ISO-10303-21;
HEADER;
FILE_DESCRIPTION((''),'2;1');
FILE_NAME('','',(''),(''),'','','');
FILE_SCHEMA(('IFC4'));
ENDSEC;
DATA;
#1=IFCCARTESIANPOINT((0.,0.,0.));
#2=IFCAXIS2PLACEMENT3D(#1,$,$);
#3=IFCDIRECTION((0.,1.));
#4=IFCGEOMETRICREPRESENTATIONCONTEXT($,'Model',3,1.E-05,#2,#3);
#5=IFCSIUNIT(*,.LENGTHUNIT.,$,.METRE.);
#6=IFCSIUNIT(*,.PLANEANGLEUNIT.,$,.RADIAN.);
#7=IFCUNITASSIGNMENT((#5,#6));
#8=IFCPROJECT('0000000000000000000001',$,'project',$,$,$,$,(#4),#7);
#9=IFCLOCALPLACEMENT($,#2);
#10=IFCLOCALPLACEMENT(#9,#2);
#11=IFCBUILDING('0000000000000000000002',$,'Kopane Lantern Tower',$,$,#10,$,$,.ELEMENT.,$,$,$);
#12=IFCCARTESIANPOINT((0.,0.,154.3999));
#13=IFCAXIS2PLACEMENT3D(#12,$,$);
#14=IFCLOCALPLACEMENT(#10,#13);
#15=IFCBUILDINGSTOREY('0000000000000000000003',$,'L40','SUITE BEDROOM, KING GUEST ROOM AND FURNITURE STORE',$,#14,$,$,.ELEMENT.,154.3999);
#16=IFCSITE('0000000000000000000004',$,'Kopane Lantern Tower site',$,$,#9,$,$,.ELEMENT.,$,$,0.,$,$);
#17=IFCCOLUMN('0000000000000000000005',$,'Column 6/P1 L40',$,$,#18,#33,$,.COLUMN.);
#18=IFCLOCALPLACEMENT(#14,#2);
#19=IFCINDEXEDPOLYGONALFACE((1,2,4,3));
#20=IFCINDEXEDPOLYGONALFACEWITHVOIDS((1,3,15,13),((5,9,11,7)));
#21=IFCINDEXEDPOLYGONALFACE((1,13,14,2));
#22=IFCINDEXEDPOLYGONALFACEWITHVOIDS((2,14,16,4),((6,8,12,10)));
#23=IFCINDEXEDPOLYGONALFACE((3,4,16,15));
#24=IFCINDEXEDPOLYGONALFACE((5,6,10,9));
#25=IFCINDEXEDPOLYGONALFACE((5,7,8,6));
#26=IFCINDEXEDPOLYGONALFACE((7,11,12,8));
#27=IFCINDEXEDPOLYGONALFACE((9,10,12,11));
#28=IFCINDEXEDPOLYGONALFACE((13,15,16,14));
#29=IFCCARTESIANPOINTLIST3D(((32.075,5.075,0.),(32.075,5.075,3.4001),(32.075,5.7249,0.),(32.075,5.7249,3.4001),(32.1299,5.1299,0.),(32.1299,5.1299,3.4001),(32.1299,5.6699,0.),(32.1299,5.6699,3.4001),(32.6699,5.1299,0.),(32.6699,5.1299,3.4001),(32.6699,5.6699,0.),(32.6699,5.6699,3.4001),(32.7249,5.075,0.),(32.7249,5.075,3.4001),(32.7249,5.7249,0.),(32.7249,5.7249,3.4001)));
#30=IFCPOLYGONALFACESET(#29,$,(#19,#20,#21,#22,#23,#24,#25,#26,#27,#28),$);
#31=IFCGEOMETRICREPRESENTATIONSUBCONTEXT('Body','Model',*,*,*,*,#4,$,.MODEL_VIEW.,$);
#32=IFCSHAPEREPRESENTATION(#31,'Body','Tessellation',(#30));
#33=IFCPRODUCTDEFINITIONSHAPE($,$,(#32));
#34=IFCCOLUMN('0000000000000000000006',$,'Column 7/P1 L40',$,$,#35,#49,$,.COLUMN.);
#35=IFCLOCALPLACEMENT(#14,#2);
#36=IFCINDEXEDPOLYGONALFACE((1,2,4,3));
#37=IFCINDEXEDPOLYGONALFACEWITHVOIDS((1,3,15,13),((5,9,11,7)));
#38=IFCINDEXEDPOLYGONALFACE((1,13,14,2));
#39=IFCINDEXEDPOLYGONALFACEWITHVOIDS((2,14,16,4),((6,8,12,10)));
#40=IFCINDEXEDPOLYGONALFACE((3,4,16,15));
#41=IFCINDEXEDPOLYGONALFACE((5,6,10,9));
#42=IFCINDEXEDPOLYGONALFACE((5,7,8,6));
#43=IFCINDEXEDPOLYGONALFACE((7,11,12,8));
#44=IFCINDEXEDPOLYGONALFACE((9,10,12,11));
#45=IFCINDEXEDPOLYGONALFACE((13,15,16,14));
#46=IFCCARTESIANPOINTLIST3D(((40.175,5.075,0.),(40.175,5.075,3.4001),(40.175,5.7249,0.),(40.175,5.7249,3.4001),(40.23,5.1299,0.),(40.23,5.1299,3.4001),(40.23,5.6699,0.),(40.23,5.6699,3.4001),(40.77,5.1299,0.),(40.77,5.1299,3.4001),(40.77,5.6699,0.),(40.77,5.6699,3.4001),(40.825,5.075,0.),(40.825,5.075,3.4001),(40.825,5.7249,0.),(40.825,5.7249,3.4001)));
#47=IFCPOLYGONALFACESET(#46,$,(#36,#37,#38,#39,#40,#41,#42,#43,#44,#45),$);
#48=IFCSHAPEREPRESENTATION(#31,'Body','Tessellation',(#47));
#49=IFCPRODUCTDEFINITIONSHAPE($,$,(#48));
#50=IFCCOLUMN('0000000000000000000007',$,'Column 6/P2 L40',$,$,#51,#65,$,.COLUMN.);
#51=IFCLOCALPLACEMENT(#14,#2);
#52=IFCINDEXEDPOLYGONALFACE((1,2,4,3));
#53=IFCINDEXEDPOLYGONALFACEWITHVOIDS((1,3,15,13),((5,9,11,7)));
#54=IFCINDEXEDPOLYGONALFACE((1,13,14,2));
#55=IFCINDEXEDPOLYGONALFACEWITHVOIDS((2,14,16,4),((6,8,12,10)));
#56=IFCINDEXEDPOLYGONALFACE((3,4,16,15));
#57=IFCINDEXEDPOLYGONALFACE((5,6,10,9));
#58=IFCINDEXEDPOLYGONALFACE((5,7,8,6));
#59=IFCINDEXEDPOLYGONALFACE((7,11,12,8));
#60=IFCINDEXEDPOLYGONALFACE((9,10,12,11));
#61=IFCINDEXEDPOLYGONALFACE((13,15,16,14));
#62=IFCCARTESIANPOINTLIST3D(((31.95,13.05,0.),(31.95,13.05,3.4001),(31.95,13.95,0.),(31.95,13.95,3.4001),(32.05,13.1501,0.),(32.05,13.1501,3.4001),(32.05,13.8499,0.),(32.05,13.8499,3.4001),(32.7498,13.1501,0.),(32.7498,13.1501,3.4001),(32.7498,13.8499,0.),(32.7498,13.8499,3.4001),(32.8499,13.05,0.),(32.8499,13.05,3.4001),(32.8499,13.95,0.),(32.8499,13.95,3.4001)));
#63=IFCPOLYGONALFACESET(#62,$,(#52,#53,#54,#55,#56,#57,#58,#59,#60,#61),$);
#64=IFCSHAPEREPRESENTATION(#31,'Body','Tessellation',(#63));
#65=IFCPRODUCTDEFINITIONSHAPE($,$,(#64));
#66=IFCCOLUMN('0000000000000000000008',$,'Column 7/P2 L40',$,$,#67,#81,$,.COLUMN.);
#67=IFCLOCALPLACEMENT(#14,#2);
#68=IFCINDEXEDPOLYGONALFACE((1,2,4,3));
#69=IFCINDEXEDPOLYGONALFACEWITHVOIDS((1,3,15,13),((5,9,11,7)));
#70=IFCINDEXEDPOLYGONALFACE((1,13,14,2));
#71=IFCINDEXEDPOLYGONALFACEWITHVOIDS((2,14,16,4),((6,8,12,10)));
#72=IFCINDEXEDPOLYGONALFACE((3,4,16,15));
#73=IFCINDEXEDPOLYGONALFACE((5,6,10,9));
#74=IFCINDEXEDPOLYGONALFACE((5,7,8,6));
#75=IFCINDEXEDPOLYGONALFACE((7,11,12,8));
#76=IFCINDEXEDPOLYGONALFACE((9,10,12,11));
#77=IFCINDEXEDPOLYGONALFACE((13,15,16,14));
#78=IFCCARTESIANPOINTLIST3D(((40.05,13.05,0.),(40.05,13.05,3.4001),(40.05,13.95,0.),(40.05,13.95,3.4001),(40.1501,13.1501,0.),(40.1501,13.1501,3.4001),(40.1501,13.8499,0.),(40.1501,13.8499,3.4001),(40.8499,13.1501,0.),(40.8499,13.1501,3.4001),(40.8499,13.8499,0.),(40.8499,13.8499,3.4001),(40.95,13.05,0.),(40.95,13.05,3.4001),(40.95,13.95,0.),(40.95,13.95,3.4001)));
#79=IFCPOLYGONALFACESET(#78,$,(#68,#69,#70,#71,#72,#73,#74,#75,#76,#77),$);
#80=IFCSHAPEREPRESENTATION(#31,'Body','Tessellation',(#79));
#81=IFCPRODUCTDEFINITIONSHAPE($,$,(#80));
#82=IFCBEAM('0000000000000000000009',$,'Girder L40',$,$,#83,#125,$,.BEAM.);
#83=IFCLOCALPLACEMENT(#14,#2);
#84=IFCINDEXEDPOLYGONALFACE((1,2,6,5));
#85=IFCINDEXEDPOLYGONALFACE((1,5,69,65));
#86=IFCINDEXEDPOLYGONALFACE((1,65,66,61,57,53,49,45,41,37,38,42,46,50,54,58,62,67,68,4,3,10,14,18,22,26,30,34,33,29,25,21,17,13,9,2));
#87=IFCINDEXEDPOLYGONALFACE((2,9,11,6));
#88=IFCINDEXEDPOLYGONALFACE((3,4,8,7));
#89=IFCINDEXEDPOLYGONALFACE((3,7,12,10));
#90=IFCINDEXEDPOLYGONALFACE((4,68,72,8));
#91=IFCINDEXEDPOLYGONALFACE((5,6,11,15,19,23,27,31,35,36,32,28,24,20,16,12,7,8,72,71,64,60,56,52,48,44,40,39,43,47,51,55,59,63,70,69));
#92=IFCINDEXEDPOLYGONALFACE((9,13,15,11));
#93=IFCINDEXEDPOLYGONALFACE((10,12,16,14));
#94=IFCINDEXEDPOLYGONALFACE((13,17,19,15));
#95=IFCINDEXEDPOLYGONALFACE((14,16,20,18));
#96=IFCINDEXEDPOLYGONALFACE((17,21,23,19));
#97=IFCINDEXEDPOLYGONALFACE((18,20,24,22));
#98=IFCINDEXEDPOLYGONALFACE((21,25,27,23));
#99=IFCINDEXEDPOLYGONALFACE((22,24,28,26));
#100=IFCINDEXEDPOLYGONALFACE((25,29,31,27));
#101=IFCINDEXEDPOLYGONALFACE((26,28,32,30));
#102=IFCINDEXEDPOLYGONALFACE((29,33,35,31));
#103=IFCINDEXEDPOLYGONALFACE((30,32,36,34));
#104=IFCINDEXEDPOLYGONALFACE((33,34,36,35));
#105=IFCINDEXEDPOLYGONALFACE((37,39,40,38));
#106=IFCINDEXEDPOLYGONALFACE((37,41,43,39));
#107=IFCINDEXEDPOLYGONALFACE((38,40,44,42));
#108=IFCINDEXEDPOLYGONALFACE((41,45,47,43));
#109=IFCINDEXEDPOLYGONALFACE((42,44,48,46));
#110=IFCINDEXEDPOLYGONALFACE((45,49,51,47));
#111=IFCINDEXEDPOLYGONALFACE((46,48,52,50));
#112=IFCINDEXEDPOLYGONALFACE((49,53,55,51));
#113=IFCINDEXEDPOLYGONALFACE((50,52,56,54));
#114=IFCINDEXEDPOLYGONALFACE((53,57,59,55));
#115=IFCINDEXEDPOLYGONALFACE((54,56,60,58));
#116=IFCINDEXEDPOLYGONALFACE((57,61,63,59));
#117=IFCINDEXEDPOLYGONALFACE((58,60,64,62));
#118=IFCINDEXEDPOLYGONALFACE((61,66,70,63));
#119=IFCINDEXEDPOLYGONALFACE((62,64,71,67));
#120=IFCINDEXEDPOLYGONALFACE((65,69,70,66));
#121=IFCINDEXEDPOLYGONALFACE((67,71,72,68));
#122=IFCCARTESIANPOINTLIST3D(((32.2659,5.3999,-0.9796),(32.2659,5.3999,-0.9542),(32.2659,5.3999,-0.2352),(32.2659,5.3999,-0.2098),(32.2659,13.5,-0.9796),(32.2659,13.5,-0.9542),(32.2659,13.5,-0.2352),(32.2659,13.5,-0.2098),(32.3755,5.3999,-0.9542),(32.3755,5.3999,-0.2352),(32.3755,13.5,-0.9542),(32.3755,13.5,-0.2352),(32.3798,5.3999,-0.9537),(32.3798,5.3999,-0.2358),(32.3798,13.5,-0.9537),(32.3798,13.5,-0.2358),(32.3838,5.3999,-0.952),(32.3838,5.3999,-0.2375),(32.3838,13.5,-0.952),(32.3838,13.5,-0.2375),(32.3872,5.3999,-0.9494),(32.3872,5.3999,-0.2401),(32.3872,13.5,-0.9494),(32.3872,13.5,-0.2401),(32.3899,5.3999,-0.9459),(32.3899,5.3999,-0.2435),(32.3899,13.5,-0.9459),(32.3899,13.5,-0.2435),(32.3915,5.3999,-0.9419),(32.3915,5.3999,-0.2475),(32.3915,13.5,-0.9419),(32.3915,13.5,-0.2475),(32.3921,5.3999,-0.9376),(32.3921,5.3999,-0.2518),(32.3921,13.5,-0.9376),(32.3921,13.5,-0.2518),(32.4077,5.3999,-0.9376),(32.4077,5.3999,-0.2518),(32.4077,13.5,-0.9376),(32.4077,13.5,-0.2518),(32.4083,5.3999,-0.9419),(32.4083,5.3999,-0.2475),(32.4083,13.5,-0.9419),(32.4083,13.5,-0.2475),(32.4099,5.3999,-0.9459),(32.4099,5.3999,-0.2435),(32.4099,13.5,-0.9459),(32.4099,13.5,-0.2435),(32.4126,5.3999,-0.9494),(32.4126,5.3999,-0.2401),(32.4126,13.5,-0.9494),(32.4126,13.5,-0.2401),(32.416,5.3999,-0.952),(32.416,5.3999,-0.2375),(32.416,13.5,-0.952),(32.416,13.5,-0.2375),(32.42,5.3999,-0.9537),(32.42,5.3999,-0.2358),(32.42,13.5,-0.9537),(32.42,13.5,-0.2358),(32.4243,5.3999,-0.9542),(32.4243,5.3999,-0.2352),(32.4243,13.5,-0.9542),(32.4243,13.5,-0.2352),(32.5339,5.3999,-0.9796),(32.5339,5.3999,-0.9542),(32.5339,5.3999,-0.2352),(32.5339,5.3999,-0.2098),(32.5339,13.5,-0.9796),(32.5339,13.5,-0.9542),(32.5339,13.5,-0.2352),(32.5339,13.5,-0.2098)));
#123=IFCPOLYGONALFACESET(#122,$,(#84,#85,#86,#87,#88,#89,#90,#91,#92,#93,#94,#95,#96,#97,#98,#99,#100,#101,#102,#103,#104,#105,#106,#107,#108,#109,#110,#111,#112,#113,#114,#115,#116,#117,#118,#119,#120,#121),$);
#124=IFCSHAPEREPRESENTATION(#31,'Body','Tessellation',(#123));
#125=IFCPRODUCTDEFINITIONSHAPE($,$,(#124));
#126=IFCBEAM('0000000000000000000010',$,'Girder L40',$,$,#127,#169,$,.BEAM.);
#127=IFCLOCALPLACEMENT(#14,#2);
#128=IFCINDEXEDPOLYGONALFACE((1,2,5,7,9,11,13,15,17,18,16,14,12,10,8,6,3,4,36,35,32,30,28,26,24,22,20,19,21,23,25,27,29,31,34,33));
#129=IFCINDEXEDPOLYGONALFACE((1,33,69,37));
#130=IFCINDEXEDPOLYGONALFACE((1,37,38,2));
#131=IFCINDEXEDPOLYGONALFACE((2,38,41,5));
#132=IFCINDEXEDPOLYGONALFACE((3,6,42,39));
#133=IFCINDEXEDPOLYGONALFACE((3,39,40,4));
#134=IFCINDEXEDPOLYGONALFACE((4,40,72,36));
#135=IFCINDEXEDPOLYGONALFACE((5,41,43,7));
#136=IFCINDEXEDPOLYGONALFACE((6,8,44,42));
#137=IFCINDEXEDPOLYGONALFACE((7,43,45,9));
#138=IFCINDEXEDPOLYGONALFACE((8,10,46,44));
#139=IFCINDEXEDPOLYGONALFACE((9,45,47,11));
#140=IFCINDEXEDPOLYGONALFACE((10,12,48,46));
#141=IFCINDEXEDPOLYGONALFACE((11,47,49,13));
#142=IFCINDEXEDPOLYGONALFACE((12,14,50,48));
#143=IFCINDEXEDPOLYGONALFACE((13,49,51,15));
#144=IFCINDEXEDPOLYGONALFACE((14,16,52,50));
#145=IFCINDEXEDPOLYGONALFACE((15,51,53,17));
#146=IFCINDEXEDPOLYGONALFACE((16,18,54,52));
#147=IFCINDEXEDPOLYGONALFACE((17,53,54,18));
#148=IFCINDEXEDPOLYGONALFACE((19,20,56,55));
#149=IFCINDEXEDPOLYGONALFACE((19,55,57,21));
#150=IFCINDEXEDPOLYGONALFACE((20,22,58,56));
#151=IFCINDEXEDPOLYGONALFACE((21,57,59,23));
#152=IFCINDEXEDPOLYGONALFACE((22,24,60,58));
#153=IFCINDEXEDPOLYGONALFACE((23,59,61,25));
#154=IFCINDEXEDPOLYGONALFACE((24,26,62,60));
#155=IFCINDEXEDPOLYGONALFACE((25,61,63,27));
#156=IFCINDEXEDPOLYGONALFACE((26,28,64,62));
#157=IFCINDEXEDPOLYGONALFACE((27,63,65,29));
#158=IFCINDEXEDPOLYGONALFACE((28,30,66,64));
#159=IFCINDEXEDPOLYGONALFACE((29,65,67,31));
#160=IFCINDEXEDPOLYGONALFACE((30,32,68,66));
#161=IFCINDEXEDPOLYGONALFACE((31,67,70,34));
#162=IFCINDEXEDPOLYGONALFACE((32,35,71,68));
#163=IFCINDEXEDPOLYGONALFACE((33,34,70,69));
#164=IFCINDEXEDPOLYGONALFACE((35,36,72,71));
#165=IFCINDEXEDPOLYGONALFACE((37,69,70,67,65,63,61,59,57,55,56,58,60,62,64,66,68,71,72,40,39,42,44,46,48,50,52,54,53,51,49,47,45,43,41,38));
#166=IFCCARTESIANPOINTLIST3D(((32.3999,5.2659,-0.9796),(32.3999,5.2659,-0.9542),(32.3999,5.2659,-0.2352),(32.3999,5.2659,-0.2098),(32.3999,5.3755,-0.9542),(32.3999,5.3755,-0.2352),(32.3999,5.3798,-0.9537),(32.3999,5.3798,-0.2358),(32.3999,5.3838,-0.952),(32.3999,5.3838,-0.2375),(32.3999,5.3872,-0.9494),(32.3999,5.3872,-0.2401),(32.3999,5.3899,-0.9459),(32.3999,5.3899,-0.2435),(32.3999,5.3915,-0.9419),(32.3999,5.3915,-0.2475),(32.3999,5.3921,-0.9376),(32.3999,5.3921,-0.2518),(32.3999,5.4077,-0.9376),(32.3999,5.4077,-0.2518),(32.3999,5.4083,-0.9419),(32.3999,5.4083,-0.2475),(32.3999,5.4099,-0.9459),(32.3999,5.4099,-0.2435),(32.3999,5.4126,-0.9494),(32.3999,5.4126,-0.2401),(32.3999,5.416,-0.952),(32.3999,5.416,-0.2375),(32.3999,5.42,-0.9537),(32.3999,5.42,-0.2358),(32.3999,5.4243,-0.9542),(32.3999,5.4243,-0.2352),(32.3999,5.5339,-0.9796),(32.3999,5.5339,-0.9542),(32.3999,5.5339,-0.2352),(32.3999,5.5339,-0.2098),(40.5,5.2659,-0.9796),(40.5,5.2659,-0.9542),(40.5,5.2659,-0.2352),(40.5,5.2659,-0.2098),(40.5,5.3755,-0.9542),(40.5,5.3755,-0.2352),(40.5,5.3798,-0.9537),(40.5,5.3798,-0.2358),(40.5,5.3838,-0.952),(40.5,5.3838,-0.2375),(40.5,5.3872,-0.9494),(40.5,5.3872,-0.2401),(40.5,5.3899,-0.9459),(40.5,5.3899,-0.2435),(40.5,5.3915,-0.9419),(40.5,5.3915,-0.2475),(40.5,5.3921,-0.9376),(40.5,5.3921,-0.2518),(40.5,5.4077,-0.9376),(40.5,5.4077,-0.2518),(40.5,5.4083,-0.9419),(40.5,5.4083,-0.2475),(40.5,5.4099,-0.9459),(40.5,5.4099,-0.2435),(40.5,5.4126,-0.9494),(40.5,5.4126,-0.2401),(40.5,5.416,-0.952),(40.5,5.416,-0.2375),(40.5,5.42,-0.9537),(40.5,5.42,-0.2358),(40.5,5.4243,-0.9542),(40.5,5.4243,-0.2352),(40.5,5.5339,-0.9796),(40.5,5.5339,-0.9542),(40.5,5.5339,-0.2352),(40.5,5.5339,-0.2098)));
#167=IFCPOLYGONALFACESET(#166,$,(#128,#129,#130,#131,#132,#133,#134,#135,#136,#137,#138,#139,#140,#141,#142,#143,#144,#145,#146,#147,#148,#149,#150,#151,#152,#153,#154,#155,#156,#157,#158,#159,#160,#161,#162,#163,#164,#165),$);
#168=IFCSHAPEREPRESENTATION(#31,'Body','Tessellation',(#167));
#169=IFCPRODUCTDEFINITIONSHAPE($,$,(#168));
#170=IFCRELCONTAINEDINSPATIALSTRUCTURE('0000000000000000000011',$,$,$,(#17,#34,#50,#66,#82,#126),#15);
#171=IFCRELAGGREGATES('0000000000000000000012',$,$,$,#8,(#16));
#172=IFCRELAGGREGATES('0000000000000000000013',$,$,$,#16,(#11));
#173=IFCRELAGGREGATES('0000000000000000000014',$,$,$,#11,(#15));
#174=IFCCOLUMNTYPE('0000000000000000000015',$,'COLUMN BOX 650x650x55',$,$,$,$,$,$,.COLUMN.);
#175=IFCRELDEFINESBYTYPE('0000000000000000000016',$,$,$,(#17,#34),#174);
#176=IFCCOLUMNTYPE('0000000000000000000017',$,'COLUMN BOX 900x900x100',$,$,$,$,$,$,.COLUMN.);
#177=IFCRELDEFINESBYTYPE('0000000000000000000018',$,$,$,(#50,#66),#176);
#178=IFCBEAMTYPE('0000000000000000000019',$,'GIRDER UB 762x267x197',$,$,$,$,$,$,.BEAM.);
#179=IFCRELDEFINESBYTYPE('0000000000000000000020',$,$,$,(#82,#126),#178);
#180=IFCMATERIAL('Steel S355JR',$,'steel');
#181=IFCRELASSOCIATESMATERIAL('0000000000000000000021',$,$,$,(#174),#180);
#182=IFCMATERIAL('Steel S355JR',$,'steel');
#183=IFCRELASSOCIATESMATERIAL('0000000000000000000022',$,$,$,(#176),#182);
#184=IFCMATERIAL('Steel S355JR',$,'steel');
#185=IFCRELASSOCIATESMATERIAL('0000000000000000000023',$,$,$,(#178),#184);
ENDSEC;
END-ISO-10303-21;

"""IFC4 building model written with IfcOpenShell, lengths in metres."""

from ifc_helpers import new_model, si_unit, direction, frame, origin, origin_2d, place, context, subcontext, project, spatial, hollow_rectangle, i_section, extrude, material, material_profile, profile_set, type_object, element, save


model = new_model("IFC4")

# Units and contexts
model_context = context("Model", 3, precision=1e-05, world=origin(), true_north=direction((0.0, 1.0)))
body_context = subcontext(model_context, "Body", "Model", "MODEL_VIEW")
ifc_project = project(units=[si_unit("LENGTHUNIT", "METRE"), si_unit("PLANEANGLEUNIT", "RADIAN")], contexts=[model_context])

# Site, building, storey
site_placement = place(None, origin())
site = spatial("IfcSite", under=ifc_project, at=site_placement, Name="Kopane Lantern Tower site", CompositionType="ELEMENT", RefElevation=0.0)
building_placement = place(site_placement, origin())
building = spatial("IfcBuilding", under=site, at=building_placement, Name="Kopane Lantern Tower", CompositionType="ELEMENT")
storey_placement = place(building_placement, frame((0.0, 0.0, 154.3999)))
storey = spatial("IfcBuildingStorey", under=building, at=storey_placement, Name="L40", Description="SUITE BEDROOM, KING GUEST ROOM AND FURNITURE STORE", CompositionType="ELEMENT", Elevation=154.3999)

# Columns
ifc_material_1 = material(Name="Steel S355JR", Category="steel")
ifc_material_profile_1 = material_profile(ifc_material_1, hollow_rectangle(XDim=0.6499, YDim=0.6499, WallThickness=0.0549, at=origin_2d()), Name="BOX 650x650x55")
ifc_profile_set_1 = profile_set([ifc_material_profile_1], Name="Steel S355JR")
column_type_1 = type_object("IfcColumnType", Name="COLUMN BOX 650x650x55", PredefinedType="COLUMN", material=ifc_profile_set_1)
for number, where, z_axis, x_axis, name in (
    (1, (32.3999, 5.3999, 0.0), (0.0, 0.0, 1.0), (1.0, 0.0, 0.0), "Column 6/P1 L40"),
    (2, (40.5, 5.3999, 0.0), (0.0, 0.0, 1.0), (1.0, 0.0, 0.0), "Column 7/P1 L40"),
):
    element("IfcColumn", number, at=place(storey_placement, frame(where, z_axis=z_axis, x_axis=x_axis)), inside=storey, type_object=column_type_1, Name=name, PredefinedType="COLUMN", context=body_context, shape_type="SweptSolid", body=[
        extrude(hollow_rectangle(XDim=0.6499, YDim=0.6499, WallThickness=0.0549, at=origin_2d()), origin(), (0.0, 0.0, 1.0), 3.4001),
    ])
ifc_material_2 = material(Name="Steel S355JR", Category="steel")
ifc_material_profile_2 = material_profile(ifc_material_2, hollow_rectangle(XDim=0.8999, YDim=0.8999, WallThickness=0.1001, at=origin_2d()), Name="BOX 900x900x100")
ifc_profile_set_2 = profile_set([ifc_material_profile_2], Name="Steel S355JR")
column_type_2 = type_object("IfcColumnType", Name="COLUMN BOX 900x900x100", PredefinedType="COLUMN", material=ifc_profile_set_2)
for number, where, z_axis, x_axis, name in (
    (3, (32.3999, 13.5, 0.0), (0.0, 0.0, 1.0), (1.0, 0.0, 0.0), "Column 6/P2 L40"),
    (4, (40.5, 13.5, 0.0), (0.0, 0.0, 1.0), (1.0, 0.0, 0.0), "Column 7/P2 L40"),
):
    element("IfcColumn", number, at=place(storey_placement, frame(where, z_axis=z_axis, x_axis=x_axis)), inside=storey, type_object=column_type_2, Name=name, PredefinedType="COLUMN", context=body_context, shape_type="SweptSolid", body=[
        extrude(hollow_rectangle(XDim=0.8999, YDim=0.8999, WallThickness=0.1001, at=origin_2d()), origin(), (0.0, 0.0, 1.0), 3.4001),
    ])

# Beams
ifc_material_3 = material(Name="Steel S355JR", Category="steel")
ifc_material_profile_3 = material_profile(ifc_material_3, i_section(OverallWidth=0.2681, OverallDepth=0.7698, WebThickness=0.0156, FlangeThickness=0.0254, FilletRadius=0.0166, at=origin_2d()), Name="UB 762x267x197")
ifc_profile_set_3 = profile_set([ifc_material_profile_3], Name="Steel S355JR")
beam_type = type_object("IfcBeamType", Name="GIRDER UB 762x267x197", PredefinedType="BEAM", material=ifc_profile_set_3)
for number, where, z_axis, x_axis, name in (
    (5, (32.3999, 5.3999, -0.5947), (0.0, 1.0, 0.0), (-1.0, 0.0, 0.0), "Girder L40"),
    (6, (32.3999, 5.3999, -0.5947), (1.0, 0.0, 0.0), (0.0, 1.0, 0.0), "Girder L40"),
):
    element("IfcBeam", number, at=place(storey_placement, frame(where, z_axis=z_axis, x_axis=x_axis)), inside=storey, type_object=beam_type, Name=name, PredefinedType="BEAM", context=body_context, shape_type="SweptSolid", body=[
        extrude(i_section(OverallWidth=0.2681, OverallDepth=0.7698, WebThickness=0.0156, FlangeThickness=0.0254, FilletRadius=0.0166, at=origin_2d()), origin(), (0.0, 0.0, 1.0), 8.1001),
    ])

save(model, "model.ifc")
